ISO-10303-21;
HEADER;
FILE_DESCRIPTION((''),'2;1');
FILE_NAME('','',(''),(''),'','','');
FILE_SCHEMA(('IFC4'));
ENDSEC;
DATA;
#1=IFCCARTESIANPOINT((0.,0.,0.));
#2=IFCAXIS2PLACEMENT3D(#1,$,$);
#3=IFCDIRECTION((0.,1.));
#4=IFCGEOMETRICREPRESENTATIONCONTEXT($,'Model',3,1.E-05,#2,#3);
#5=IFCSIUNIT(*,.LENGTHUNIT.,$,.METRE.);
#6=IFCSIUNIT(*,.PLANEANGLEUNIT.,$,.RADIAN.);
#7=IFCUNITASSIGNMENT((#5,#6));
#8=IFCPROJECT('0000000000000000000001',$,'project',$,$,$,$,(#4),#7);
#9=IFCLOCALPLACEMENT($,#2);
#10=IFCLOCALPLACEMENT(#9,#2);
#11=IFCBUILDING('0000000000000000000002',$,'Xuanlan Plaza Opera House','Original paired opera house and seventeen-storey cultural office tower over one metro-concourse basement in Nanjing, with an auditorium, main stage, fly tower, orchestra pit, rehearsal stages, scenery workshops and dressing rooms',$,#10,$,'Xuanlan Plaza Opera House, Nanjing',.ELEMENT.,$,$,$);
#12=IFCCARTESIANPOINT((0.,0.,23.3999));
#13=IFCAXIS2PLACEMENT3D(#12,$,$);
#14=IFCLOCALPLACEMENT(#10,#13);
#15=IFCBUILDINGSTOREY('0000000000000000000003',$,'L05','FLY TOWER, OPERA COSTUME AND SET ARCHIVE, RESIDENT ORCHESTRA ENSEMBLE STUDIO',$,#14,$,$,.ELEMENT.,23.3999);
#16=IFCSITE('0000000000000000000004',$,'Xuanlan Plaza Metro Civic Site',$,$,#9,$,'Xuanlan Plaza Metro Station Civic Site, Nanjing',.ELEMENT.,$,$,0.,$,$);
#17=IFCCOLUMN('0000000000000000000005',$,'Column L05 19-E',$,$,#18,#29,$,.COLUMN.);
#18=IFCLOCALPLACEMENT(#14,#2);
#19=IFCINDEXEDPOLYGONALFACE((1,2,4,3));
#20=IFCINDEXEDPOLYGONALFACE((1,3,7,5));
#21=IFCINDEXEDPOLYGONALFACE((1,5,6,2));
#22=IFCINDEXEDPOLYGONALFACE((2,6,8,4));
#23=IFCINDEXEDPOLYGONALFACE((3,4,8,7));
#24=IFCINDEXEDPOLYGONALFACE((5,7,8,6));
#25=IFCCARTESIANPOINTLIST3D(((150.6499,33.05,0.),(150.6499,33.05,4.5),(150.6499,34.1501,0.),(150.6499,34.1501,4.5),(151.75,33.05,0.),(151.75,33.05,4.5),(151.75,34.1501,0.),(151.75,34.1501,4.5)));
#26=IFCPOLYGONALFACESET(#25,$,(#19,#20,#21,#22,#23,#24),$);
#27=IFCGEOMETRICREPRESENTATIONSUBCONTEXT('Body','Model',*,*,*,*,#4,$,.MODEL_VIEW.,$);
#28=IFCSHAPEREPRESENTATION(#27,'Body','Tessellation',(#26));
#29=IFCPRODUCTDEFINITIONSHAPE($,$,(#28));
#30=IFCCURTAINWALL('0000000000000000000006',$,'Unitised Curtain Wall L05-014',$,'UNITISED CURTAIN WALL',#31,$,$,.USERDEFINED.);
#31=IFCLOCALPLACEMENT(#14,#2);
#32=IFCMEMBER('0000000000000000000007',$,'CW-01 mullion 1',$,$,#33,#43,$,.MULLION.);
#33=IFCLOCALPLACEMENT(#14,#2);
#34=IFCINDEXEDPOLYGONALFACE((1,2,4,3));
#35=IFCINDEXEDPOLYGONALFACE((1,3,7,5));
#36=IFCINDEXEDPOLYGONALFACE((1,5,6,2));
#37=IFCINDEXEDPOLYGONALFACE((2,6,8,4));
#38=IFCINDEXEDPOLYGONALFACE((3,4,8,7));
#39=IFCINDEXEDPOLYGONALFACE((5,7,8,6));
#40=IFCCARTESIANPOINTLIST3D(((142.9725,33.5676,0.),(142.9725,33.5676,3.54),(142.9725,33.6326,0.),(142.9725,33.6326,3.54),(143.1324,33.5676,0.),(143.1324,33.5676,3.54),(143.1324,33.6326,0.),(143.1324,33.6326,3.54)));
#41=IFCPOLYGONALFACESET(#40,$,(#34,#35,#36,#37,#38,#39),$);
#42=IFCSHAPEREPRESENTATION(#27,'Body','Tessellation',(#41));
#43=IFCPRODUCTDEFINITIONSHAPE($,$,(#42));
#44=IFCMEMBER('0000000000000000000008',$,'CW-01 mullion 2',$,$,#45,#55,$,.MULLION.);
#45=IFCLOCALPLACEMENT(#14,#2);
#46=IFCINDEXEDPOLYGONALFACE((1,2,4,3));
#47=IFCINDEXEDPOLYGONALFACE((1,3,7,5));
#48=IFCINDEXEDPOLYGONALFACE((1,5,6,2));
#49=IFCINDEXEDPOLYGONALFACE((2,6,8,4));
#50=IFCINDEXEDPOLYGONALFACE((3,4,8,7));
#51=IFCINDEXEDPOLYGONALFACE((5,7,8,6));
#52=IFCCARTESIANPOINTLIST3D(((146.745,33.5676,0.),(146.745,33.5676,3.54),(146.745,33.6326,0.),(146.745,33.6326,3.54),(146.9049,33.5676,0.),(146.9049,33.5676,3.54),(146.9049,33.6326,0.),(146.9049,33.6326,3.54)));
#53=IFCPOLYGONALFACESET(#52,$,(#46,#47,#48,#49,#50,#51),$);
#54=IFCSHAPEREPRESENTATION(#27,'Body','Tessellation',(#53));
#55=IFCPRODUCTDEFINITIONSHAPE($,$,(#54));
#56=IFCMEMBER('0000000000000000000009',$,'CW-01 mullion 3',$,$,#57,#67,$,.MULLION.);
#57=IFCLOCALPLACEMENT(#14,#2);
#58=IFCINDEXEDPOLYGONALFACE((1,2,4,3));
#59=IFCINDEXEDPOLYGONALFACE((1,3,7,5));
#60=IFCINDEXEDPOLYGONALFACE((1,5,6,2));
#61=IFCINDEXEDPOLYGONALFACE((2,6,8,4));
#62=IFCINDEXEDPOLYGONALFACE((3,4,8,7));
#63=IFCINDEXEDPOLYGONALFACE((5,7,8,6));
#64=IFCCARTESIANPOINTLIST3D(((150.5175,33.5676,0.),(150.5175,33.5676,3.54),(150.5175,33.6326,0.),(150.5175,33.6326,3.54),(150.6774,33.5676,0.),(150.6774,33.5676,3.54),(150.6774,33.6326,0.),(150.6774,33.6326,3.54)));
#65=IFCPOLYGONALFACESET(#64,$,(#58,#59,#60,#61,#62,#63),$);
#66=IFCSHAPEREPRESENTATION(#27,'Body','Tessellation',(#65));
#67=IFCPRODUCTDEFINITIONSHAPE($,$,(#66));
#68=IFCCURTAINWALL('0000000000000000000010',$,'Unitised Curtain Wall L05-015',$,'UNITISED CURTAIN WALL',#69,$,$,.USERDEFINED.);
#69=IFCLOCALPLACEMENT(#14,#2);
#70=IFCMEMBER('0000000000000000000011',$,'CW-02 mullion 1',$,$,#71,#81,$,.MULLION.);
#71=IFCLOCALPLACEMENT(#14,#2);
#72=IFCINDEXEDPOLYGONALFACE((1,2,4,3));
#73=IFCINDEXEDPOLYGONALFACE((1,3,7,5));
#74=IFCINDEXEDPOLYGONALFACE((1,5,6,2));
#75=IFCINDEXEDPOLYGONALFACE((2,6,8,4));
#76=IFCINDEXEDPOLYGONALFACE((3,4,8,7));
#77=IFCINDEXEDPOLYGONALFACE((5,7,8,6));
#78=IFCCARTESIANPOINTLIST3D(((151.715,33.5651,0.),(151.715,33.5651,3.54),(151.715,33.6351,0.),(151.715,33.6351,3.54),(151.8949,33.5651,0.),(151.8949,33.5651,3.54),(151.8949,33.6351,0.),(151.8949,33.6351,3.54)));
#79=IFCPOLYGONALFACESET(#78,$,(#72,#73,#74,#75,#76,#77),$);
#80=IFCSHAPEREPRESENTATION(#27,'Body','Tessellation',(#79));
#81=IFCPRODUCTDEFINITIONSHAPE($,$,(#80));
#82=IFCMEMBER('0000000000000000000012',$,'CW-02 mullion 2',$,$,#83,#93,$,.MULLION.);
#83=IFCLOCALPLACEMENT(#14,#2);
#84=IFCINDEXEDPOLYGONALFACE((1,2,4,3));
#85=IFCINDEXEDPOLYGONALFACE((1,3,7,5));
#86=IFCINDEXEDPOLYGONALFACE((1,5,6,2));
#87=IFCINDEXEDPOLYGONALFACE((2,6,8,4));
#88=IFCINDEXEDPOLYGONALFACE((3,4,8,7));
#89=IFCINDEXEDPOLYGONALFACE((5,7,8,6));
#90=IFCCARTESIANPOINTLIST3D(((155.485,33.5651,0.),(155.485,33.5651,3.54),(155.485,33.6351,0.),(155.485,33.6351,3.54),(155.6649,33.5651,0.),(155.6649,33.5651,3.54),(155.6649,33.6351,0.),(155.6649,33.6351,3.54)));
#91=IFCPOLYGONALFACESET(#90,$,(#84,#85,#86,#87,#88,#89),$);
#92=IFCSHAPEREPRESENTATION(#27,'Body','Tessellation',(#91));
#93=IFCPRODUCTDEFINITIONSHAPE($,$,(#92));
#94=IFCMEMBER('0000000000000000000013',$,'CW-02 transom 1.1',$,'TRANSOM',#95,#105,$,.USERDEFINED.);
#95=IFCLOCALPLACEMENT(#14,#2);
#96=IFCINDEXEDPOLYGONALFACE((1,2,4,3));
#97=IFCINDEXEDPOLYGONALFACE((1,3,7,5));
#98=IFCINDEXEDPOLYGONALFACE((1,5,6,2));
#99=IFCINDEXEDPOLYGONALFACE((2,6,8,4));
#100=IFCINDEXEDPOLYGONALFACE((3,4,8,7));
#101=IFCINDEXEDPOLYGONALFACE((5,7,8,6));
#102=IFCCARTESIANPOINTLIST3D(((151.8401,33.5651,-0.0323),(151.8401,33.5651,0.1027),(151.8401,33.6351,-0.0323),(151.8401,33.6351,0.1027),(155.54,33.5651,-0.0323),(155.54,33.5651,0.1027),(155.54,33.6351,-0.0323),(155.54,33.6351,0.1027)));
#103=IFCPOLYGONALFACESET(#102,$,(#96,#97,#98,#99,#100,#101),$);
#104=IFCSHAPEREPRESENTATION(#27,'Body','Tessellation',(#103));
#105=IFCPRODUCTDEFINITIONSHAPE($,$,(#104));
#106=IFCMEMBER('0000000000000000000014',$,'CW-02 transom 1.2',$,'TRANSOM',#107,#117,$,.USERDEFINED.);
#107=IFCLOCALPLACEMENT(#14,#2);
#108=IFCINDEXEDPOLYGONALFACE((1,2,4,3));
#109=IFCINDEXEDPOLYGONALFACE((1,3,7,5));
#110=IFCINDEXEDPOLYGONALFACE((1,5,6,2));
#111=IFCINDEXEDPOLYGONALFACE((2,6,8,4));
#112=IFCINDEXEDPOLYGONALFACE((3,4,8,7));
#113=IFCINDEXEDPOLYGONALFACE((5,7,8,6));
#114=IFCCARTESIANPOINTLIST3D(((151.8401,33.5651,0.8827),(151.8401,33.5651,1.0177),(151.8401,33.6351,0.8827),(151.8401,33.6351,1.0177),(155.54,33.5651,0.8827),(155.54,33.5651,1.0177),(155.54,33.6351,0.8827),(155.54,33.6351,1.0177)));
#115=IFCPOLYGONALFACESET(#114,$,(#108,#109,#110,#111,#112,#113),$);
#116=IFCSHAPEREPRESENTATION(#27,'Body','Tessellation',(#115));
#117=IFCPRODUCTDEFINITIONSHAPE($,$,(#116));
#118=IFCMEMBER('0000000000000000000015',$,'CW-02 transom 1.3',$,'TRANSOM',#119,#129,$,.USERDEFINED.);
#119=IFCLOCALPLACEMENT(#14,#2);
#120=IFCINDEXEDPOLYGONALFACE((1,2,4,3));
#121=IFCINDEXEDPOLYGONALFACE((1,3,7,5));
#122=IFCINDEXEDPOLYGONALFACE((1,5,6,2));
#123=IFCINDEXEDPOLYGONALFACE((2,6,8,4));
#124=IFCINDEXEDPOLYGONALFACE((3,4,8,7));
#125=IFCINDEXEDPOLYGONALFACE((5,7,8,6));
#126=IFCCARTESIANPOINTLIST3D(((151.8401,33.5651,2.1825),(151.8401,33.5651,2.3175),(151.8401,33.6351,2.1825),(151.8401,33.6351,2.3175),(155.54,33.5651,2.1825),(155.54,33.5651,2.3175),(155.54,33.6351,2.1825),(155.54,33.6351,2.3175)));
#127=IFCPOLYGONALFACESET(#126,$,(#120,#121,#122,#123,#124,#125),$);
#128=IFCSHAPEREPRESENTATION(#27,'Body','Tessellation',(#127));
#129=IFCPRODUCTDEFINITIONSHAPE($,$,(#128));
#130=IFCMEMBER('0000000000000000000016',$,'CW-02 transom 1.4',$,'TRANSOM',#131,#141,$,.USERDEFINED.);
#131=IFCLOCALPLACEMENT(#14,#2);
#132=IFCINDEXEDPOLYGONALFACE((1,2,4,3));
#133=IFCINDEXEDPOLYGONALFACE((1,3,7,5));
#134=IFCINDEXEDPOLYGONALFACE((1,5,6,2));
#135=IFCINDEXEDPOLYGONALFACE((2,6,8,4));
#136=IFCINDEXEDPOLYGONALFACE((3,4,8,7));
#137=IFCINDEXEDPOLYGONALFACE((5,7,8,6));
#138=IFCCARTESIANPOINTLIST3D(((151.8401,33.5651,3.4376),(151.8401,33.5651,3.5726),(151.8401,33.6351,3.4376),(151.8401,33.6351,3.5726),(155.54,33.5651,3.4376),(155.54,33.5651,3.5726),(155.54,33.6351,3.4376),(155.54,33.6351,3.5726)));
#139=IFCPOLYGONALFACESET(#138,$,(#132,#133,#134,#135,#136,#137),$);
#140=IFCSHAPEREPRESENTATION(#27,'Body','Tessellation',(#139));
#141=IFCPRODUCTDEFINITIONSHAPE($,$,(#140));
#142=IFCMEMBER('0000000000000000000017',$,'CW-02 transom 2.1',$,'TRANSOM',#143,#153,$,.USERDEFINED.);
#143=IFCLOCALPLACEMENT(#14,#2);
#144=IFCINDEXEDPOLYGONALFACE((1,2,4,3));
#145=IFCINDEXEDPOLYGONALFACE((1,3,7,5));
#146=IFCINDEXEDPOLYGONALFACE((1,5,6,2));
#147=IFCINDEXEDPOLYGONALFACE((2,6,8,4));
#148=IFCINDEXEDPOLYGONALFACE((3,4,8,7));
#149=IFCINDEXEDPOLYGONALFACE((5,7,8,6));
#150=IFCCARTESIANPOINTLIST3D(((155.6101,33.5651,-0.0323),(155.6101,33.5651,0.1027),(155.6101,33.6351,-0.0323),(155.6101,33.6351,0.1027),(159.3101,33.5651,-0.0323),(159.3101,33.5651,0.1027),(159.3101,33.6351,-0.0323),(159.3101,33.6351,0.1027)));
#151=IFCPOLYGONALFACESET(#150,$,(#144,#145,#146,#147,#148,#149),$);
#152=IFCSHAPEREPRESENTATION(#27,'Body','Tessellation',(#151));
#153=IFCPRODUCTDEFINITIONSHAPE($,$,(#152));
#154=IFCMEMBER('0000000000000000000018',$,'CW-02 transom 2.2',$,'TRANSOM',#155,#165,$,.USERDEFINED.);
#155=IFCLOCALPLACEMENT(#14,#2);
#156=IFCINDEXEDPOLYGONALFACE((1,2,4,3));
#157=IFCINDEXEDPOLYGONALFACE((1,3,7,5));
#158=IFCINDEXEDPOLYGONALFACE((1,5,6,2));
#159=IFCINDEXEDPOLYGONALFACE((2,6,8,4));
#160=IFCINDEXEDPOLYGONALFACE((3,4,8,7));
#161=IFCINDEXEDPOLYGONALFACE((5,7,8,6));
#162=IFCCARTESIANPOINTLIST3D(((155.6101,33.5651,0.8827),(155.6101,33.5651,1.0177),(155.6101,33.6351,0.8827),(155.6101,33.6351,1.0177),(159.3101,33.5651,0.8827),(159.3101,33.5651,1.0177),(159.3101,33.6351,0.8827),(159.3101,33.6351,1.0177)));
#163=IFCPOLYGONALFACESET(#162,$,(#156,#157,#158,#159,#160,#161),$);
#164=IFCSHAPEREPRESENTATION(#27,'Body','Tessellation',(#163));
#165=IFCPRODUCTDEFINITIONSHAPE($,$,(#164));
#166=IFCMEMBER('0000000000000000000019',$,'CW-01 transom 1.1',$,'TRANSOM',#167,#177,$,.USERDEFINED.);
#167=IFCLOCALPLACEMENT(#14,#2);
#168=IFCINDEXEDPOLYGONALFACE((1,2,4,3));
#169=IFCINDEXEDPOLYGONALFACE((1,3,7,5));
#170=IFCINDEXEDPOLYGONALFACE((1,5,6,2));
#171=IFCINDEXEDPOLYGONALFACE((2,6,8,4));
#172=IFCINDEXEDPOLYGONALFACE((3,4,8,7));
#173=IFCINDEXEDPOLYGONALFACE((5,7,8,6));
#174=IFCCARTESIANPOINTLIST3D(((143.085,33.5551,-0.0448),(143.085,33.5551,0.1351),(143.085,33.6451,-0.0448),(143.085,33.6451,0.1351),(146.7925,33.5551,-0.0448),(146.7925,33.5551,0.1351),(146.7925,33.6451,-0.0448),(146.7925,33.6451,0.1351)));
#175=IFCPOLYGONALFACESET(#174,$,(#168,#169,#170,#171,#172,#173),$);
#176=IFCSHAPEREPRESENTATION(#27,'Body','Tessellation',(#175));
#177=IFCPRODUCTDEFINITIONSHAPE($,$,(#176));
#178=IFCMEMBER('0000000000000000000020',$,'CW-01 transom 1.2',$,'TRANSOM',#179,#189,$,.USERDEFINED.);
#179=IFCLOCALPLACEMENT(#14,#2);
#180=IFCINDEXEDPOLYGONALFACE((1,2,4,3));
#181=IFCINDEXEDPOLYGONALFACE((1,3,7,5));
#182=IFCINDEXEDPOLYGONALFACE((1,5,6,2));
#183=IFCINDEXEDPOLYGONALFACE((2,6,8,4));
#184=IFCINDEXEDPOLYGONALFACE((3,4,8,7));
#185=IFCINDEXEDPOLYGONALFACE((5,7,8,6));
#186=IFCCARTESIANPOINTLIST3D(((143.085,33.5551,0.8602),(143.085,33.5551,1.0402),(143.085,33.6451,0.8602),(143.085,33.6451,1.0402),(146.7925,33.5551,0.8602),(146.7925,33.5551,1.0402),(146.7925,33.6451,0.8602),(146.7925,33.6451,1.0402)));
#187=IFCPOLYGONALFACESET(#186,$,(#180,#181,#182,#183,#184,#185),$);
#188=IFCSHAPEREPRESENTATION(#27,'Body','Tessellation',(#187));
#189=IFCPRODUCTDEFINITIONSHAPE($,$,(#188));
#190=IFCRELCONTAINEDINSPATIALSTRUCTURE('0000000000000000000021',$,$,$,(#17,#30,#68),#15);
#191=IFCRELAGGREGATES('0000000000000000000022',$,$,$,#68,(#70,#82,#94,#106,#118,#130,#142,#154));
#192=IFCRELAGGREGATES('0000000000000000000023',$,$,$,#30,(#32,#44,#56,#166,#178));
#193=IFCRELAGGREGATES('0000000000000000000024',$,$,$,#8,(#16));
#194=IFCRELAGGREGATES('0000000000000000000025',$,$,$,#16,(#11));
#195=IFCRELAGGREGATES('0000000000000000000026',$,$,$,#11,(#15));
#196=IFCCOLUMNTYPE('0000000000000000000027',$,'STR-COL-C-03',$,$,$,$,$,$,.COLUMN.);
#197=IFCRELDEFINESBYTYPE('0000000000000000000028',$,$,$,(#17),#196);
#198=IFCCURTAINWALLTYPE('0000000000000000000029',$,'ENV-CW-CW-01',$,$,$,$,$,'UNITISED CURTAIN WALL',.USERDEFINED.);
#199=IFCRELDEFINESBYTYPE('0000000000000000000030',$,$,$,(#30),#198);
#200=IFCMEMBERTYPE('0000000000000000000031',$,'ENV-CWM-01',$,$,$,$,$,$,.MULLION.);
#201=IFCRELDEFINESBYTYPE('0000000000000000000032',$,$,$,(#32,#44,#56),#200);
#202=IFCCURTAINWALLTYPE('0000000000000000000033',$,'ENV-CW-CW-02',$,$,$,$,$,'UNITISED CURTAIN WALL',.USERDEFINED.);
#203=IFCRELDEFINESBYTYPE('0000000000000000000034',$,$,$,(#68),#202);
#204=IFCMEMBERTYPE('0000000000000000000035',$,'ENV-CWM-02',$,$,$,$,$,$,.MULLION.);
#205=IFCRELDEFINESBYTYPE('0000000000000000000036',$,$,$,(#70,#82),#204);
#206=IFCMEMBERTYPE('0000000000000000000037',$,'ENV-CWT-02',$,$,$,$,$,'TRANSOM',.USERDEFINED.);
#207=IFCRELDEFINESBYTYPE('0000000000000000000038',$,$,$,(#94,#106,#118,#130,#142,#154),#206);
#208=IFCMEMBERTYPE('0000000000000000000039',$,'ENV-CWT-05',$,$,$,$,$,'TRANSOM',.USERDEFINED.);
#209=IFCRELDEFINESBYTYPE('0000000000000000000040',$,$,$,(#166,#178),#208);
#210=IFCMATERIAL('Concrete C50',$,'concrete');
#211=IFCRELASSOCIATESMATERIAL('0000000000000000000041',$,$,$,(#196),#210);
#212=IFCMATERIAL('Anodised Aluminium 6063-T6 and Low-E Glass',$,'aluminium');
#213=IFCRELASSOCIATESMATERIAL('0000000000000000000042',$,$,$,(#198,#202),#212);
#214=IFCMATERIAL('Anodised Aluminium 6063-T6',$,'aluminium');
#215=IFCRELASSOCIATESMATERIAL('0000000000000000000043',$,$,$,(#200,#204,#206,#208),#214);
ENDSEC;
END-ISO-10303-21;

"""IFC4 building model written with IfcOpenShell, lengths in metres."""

from ifc_helpers import new_model, si_unit, direction, frame, origin, origin_2d, place, context, subcontext, project, spatial, rectangle, extrude, material, material_profile, profile_set, type_object, element, aggregate, save


model = new_model("IFC4")

# Units and contexts
model_context = context("Model", 3, precision=1e-05, world=origin(), true_north=direction((0.0, 1.0)))
body_context = subcontext(model_context, "Body", "Model", "MODEL_VIEW")
ifc_project = project(units=[si_unit("LENGTHUNIT", "METRE"), si_unit("PLANEANGLEUNIT", "RADIAN")], contexts=[model_context])

# Site, building, storey
site_placement = place(None, origin())
site = spatial("IfcSite", under=ifc_project, at=site_placement, Name="Xuanlan Plaza Metro Civic Site", LongName="Xuanlan Plaza Metro Station Civic Site, Nanjing", CompositionType="ELEMENT", RefElevation=0.0)
building_placement = place(site_placement, origin())
building = spatial("IfcBuilding", under=site, at=building_placement, Name="Xuanlan Plaza Opera House", Description="Original paired opera house and seventeen-storey cultural office tower over one metro-concourse basement in Nanjing, with an auditorium, main stage, fly tower, orchestra pit, rehearsal stages, scenery workshops and dressing rooms", LongName="Xuanlan Plaza Opera House, Nanjing", CompositionType="ELEMENT")
storey_placement = place(building_placement, frame((0.0, 0.0, 23.3999)))
storey = spatial("IfcBuildingStorey", under=building, at=storey_placement, Name="L05", Description="FLY TOWER, OPERA COSTUME AND SET ARCHIVE, RESIDENT ORCHESTRA ENSEMBLE STUDIO", CompositionType="ELEMENT", Elevation=23.3999)

# Column
ifc_material_1 = material(Name="Concrete C50", Category="concrete")
ifc_material_profile_1 = material_profile(ifc_material_1, rectangle(XDim=1.1001, YDim=1.1001, at=origin_2d()), Name="RC-COL 1100x1100")
ifc_profile_set_1 = profile_set([ifc_material_profile_1], Name="Concrete C50")
column_type = type_object("IfcColumnType", Name="STR-COL-C-03", PredefinedType="COLUMN", material=ifc_profile_set_1)
column_placement = place(storey_placement, frame((151.2, 33.6001, 0.0), z_axis=(0.0, 0.0, 1.0), x_axis=(1.0, 0.0, 0.0)))
element("IfcColumn", 1, at=column_placement, inside=storey, type_object=column_type, Name="Column L05 19-E", PredefinedType="COLUMN", context=body_context, shape_type="SweptSolid", body=[
    extrude(rectangle(XDim=1.1001, YDim=1.1001, at=origin_2d()), origin(), (0.0, 0.0, 1.0), 4.5),
])

# Curtain walls, members
ifc_material_2 = material(Name="Anodised Aluminium 6063-T6 and Low-E Glass", Category="aluminium")
curtain_wall_type_1 = type_object("IfcCurtainWallType", Name="ENV-CW-CW-01", ElementType="UNITISED CURTAIN WALL", PredefinedType="USERDEFINED", material=ifc_material_2)
curtain_wall_1_placement = place(storey_placement, origin())
curtain_wall_1 = element("IfcCurtainWall", 2, at=curtain_wall_1_placement, inside=storey, type_object=curtain_wall_type_1, Name="Unitised Curtain Wall L05-014", ObjectType="UNITISED CURTAIN WALL", PredefinedType="USERDEFINED")
ifc_material_3 = material(Name="Anodised Aluminium 6063-T6", Category="aluminium")
ifc_material_profile_2 = material_profile(ifc_material_3, rectangle(XDim=0.0649, YDim=0.1599, at=origin_2d()), Name="ALU-M 65x160")
ifc_profile_set_2 = profile_set([ifc_material_profile_2], Name="Anodised Aluminium 6063-T6")
member_type_1 = type_object("IfcMemberType", Name="ENV-CWM-01", PredefinedType="MULLION", material=ifc_profile_set_2)
member_1_placement = place(storey_placement, frame((143.0525, 33.6001, 0.0), z_axis=(0.0, 0.0, 1.0), x_axis=(0.0, 1.0, 0.0)))
member_1 = element("IfcMember", 3, at=member_1_placement, type_object=member_type_1, Name="CW-01 mullion 1", PredefinedType="MULLION", context=body_context, shape_type="SweptSolid", body=[
    extrude(rectangle(XDim=0.0649, YDim=0.1599, at=origin_2d()), origin(), (0.0, 0.0, 1.0), 3.54),
])
member_2_placement = place(storey_placement, frame((146.825, 33.6001, 0.0), z_axis=(0.0, 0.0, 1.0), x_axis=(0.0, 1.0, 0.0)))
member_2 = element("IfcMember", 4, at=member_2_placement, type_object=member_type_1, Name="CW-01 mullion 2", PredefinedType="MULLION", context=body_context, shape_type="SweptSolid", body=[
    extrude(rectangle(XDim=0.0649, YDim=0.1599, at=origin_2d()), origin(), (0.0, 0.0, 1.0), 3.54),
])
member_3_placement = place(storey_placement, frame((150.5974, 33.6001, 0.0), z_axis=(0.0, 0.0, 1.0), x_axis=(0.0, 1.0, 0.0)))
member_3 = element("IfcMember", 5, at=member_3_placement, type_object=member_type_1, Name="CW-01 mullion 3", PredefinedType="MULLION", context=body_context, shape_type="SweptSolid", body=[
    extrude(rectangle(XDim=0.0649, YDim=0.1599, at=origin_2d()), origin(), (0.0, 0.0, 1.0), 3.54),
])
curtain_wall_type_2 = type_object("IfcCurtainWallType", Name="ENV-CW-CW-02", ElementType="UNITISED CURTAIN WALL", PredefinedType="USERDEFINED", material=ifc_material_2)
curtain_wall_2_placement = place(storey_placement, origin())
curtain_wall_2 = element("IfcCurtainWall", 6, at=curtain_wall_2_placement, inside=storey, type_object=curtain_wall_type_2, Name="Unitised Curtain Wall L05-015", ObjectType="UNITISED CURTAIN WALL", PredefinedType="USERDEFINED")
ifc_material_profile_3 = material_profile(ifc_material_3, rectangle(XDim=0.0701, YDim=0.1799, at=origin_2d()), Name="ALU-M 70x180")
ifc_profile_set_3 = profile_set([ifc_material_profile_3], Name="Anodised Aluminium 6063-T6")
member_type_2 = type_object("IfcMemberType", Name="ENV-CWM-02", PredefinedType="MULLION", material=ifc_profile_set_3)
member_4_placement = place(storey_placement, frame((151.8049, 33.6001, 0.0), z_axis=(0.0, 0.0, 1.0), x_axis=(0.0, 1.0, 0.0)))
member_4 = element("IfcMember", 7, at=member_4_placement, type_object=member_type_2, Name="CW-02 mullion 1", PredefinedType="MULLION", context=body_context, shape_type="SweptSolid", body=[
    extrude(rectangle(XDim=0.0701, YDim=0.1799, at=origin_2d()), origin(), (0.0, 0.0, 1.0), 3.54),
])
member_5_placement = place(storey_placement, frame((155.575, 33.6001, 0.0), z_axis=(0.0, 0.0, 1.0), x_axis=(0.0, 1.0, 0.0)))
member_5 = element("IfcMember", 8, at=member_5_placement, type_object=member_type_2, Name="CW-02 mullion 2", PredefinedType="MULLION", context=body_context, shape_type="SweptSolid", body=[
    extrude(rectangle(XDim=0.0701, YDim=0.1799, at=origin_2d()), origin(), (0.0, 0.0, 1.0), 3.54),
])
ifc_material_profile_4 = material_profile(ifc_material_3, rectangle(XDim=0.0701, YDim=0.135, at=origin_2d()), Name="ALU-T 70x135")
ifc_profile_set_4 = profile_set([ifc_material_profile_4], Name="Anodised Aluminium 6063-T6")
member_type_3 = type_object("IfcMemberType", Name="ENV-CWT-02", ElementType="TRANSOM", PredefinedType="USERDEFINED", material=ifc_profile_set_4)
member_6_placement = place(storey_placement, frame((151.8401, 33.6001, 0.0352), z_axis=(1.0, 0.0, 0.0), x_axis=(0.0, 1.0, 0.0)))
member_6 = element("IfcMember", 9, at=member_6_placement, type_object=member_type_3, Name="CW-02 transom 1.1", ObjectType="TRANSOM", PredefinedType="USERDEFINED", context=body_context, shape_type="SweptSolid", body=[
    extrude(rectangle(XDim=0.0701, YDim=0.135, at=origin_2d()), origin(), (0.0, 0.0, 1.0), 3.7),
])
member_7_placement = place(storey_placement, frame((151.8401, 33.6001, 0.9502), z_axis=(1.0, 0.0, 0.0), x_axis=(0.0, 1.0, 0.0)))
member_7 = element("IfcMember", 10, at=member_7_placement, type_object=member_type_3, Name="CW-02 transom 1.2", ObjectType="TRANSOM", PredefinedType="USERDEFINED", context=body_context, shape_type="SweptSolid", body=[
    extrude(rectangle(XDim=0.0701, YDim=0.135, at=origin_2d()), origin(), (0.0, 0.0, 1.0), 3.7),
])
member_8_placement = place(storey_placement, frame((151.8401, 33.6001, 2.25), z_axis=(1.0, 0.0, 0.0), x_axis=(0.0, 1.0, 0.0)))
member_8 = element("IfcMember", 11, at=member_8_placement, type_object=member_type_3, Name="CW-02 transom 1.3", ObjectType="TRANSOM", PredefinedType="USERDEFINED", context=body_context, shape_type="SweptSolid", body=[
    extrude(rectangle(XDim=0.0701, YDim=0.135, at=origin_2d()), origin(), (0.0, 0.0, 1.0), 3.7),
])
member_9_placement = place(storey_placement, frame((151.8401, 33.6001, 3.5051), z_axis=(1.0, 0.0, 0.0), x_axis=(0.0, 1.0, 0.0)))
member_9 = element("IfcMember", 12, at=member_9_placement, type_object=member_type_3, Name="CW-02 transom 1.4", ObjectType="TRANSOM", PredefinedType="USERDEFINED", context=body_context, shape_type="SweptSolid", body=[
    extrude(rectangle(XDim=0.0701, YDim=0.135, at=origin_2d()), origin(), (0.0, 0.0, 1.0), 3.7),
])
member_10_placement = place(storey_placement, frame((155.6101, 33.6001, 0.0352), z_axis=(1.0, 0.0, 0.0), x_axis=(0.0, 1.0, 0.0)))
member_10 = element("IfcMember", 13, at=member_10_placement, type_object=member_type_3, Name="CW-02 transom 2.1", ObjectType="TRANSOM", PredefinedType="USERDEFINED", context=body_context, shape_type="SweptSolid", body=[
    extrude(rectangle(XDim=0.0701, YDim=0.135, at=origin_2d()), origin(), (0.0, 0.0, 1.0), 3.7),
])
member_11_placement = place(storey_placement, frame((155.6101, 33.6001, 0.9502), z_axis=(1.0, 0.0, 0.0), x_axis=(0.0, 1.0, 0.0)))
member_11 = element("IfcMember", 14, at=member_11_placement, type_object=member_type_3, Name="CW-02 transom 2.2", ObjectType="TRANSOM", PredefinedType="USERDEFINED", context=body_context, shape_type="SweptSolid", body=[
    extrude(rectangle(XDim=0.0701, YDim=0.135, at=origin_2d()), origin(), (0.0, 0.0, 1.0), 3.7),
])

# Members
ifc_material_profile_5 = material_profile(ifc_material_3, rectangle(XDim=0.0901, YDim=0.1799, at=origin_2d()), Name="ALU-T 90x180")
ifc_profile_set_5 = profile_set([ifc_material_profile_5], Name="Anodised Aluminium 6063-T6")
member_type_4 = type_object("IfcMemberType", Name="ENV-CWT-05", ElementType="TRANSOM", PredefinedType="USERDEFINED", material=ifc_profile_set_5)
member_12_placement = place(storey_placement, frame((143.085, 33.6001, 0.0452), z_axis=(1.0, 0.0, 0.0), x_axis=(0.0, 1.0, 0.0)))
member_12 = element("IfcMember", 15, at=member_12_placement, type_object=member_type_4, Name="CW-01 transom 1.1", ObjectType="TRANSOM", PredefinedType="USERDEFINED", context=body_context, shape_type="SweptSolid", body=[
    extrude(rectangle(XDim=0.0901, YDim=0.1799, at=origin_2d()), origin(), (0.0, 0.0, 1.0), 3.7075),
])
member_13_placement = place(storey_placement, frame((143.085, 33.6001, 0.9502), z_axis=(1.0, 0.0, 0.0), x_axis=(0.0, 1.0, 0.0)))
member_13 = element("IfcMember", 16, at=member_13_placement, type_object=member_type_4, Name="CW-01 transom 1.2", ObjectType="TRANSOM", PredefinedType="USERDEFINED", context=body_context, shape_type="SweptSolid", body=[
    extrude(rectangle(XDim=0.0901, YDim=0.1799, at=origin_2d()), origin(), (0.0, 0.0, 1.0), 3.7075),
])

aggregate(curtain_wall_2, [member_4, member_5, member_6, member_7, member_8, member_9, member_10, member_11])
aggregate(curtain_wall_1, [member_1, member_2, member_3, member_12, member_13])

save(model, "model.ifc")
